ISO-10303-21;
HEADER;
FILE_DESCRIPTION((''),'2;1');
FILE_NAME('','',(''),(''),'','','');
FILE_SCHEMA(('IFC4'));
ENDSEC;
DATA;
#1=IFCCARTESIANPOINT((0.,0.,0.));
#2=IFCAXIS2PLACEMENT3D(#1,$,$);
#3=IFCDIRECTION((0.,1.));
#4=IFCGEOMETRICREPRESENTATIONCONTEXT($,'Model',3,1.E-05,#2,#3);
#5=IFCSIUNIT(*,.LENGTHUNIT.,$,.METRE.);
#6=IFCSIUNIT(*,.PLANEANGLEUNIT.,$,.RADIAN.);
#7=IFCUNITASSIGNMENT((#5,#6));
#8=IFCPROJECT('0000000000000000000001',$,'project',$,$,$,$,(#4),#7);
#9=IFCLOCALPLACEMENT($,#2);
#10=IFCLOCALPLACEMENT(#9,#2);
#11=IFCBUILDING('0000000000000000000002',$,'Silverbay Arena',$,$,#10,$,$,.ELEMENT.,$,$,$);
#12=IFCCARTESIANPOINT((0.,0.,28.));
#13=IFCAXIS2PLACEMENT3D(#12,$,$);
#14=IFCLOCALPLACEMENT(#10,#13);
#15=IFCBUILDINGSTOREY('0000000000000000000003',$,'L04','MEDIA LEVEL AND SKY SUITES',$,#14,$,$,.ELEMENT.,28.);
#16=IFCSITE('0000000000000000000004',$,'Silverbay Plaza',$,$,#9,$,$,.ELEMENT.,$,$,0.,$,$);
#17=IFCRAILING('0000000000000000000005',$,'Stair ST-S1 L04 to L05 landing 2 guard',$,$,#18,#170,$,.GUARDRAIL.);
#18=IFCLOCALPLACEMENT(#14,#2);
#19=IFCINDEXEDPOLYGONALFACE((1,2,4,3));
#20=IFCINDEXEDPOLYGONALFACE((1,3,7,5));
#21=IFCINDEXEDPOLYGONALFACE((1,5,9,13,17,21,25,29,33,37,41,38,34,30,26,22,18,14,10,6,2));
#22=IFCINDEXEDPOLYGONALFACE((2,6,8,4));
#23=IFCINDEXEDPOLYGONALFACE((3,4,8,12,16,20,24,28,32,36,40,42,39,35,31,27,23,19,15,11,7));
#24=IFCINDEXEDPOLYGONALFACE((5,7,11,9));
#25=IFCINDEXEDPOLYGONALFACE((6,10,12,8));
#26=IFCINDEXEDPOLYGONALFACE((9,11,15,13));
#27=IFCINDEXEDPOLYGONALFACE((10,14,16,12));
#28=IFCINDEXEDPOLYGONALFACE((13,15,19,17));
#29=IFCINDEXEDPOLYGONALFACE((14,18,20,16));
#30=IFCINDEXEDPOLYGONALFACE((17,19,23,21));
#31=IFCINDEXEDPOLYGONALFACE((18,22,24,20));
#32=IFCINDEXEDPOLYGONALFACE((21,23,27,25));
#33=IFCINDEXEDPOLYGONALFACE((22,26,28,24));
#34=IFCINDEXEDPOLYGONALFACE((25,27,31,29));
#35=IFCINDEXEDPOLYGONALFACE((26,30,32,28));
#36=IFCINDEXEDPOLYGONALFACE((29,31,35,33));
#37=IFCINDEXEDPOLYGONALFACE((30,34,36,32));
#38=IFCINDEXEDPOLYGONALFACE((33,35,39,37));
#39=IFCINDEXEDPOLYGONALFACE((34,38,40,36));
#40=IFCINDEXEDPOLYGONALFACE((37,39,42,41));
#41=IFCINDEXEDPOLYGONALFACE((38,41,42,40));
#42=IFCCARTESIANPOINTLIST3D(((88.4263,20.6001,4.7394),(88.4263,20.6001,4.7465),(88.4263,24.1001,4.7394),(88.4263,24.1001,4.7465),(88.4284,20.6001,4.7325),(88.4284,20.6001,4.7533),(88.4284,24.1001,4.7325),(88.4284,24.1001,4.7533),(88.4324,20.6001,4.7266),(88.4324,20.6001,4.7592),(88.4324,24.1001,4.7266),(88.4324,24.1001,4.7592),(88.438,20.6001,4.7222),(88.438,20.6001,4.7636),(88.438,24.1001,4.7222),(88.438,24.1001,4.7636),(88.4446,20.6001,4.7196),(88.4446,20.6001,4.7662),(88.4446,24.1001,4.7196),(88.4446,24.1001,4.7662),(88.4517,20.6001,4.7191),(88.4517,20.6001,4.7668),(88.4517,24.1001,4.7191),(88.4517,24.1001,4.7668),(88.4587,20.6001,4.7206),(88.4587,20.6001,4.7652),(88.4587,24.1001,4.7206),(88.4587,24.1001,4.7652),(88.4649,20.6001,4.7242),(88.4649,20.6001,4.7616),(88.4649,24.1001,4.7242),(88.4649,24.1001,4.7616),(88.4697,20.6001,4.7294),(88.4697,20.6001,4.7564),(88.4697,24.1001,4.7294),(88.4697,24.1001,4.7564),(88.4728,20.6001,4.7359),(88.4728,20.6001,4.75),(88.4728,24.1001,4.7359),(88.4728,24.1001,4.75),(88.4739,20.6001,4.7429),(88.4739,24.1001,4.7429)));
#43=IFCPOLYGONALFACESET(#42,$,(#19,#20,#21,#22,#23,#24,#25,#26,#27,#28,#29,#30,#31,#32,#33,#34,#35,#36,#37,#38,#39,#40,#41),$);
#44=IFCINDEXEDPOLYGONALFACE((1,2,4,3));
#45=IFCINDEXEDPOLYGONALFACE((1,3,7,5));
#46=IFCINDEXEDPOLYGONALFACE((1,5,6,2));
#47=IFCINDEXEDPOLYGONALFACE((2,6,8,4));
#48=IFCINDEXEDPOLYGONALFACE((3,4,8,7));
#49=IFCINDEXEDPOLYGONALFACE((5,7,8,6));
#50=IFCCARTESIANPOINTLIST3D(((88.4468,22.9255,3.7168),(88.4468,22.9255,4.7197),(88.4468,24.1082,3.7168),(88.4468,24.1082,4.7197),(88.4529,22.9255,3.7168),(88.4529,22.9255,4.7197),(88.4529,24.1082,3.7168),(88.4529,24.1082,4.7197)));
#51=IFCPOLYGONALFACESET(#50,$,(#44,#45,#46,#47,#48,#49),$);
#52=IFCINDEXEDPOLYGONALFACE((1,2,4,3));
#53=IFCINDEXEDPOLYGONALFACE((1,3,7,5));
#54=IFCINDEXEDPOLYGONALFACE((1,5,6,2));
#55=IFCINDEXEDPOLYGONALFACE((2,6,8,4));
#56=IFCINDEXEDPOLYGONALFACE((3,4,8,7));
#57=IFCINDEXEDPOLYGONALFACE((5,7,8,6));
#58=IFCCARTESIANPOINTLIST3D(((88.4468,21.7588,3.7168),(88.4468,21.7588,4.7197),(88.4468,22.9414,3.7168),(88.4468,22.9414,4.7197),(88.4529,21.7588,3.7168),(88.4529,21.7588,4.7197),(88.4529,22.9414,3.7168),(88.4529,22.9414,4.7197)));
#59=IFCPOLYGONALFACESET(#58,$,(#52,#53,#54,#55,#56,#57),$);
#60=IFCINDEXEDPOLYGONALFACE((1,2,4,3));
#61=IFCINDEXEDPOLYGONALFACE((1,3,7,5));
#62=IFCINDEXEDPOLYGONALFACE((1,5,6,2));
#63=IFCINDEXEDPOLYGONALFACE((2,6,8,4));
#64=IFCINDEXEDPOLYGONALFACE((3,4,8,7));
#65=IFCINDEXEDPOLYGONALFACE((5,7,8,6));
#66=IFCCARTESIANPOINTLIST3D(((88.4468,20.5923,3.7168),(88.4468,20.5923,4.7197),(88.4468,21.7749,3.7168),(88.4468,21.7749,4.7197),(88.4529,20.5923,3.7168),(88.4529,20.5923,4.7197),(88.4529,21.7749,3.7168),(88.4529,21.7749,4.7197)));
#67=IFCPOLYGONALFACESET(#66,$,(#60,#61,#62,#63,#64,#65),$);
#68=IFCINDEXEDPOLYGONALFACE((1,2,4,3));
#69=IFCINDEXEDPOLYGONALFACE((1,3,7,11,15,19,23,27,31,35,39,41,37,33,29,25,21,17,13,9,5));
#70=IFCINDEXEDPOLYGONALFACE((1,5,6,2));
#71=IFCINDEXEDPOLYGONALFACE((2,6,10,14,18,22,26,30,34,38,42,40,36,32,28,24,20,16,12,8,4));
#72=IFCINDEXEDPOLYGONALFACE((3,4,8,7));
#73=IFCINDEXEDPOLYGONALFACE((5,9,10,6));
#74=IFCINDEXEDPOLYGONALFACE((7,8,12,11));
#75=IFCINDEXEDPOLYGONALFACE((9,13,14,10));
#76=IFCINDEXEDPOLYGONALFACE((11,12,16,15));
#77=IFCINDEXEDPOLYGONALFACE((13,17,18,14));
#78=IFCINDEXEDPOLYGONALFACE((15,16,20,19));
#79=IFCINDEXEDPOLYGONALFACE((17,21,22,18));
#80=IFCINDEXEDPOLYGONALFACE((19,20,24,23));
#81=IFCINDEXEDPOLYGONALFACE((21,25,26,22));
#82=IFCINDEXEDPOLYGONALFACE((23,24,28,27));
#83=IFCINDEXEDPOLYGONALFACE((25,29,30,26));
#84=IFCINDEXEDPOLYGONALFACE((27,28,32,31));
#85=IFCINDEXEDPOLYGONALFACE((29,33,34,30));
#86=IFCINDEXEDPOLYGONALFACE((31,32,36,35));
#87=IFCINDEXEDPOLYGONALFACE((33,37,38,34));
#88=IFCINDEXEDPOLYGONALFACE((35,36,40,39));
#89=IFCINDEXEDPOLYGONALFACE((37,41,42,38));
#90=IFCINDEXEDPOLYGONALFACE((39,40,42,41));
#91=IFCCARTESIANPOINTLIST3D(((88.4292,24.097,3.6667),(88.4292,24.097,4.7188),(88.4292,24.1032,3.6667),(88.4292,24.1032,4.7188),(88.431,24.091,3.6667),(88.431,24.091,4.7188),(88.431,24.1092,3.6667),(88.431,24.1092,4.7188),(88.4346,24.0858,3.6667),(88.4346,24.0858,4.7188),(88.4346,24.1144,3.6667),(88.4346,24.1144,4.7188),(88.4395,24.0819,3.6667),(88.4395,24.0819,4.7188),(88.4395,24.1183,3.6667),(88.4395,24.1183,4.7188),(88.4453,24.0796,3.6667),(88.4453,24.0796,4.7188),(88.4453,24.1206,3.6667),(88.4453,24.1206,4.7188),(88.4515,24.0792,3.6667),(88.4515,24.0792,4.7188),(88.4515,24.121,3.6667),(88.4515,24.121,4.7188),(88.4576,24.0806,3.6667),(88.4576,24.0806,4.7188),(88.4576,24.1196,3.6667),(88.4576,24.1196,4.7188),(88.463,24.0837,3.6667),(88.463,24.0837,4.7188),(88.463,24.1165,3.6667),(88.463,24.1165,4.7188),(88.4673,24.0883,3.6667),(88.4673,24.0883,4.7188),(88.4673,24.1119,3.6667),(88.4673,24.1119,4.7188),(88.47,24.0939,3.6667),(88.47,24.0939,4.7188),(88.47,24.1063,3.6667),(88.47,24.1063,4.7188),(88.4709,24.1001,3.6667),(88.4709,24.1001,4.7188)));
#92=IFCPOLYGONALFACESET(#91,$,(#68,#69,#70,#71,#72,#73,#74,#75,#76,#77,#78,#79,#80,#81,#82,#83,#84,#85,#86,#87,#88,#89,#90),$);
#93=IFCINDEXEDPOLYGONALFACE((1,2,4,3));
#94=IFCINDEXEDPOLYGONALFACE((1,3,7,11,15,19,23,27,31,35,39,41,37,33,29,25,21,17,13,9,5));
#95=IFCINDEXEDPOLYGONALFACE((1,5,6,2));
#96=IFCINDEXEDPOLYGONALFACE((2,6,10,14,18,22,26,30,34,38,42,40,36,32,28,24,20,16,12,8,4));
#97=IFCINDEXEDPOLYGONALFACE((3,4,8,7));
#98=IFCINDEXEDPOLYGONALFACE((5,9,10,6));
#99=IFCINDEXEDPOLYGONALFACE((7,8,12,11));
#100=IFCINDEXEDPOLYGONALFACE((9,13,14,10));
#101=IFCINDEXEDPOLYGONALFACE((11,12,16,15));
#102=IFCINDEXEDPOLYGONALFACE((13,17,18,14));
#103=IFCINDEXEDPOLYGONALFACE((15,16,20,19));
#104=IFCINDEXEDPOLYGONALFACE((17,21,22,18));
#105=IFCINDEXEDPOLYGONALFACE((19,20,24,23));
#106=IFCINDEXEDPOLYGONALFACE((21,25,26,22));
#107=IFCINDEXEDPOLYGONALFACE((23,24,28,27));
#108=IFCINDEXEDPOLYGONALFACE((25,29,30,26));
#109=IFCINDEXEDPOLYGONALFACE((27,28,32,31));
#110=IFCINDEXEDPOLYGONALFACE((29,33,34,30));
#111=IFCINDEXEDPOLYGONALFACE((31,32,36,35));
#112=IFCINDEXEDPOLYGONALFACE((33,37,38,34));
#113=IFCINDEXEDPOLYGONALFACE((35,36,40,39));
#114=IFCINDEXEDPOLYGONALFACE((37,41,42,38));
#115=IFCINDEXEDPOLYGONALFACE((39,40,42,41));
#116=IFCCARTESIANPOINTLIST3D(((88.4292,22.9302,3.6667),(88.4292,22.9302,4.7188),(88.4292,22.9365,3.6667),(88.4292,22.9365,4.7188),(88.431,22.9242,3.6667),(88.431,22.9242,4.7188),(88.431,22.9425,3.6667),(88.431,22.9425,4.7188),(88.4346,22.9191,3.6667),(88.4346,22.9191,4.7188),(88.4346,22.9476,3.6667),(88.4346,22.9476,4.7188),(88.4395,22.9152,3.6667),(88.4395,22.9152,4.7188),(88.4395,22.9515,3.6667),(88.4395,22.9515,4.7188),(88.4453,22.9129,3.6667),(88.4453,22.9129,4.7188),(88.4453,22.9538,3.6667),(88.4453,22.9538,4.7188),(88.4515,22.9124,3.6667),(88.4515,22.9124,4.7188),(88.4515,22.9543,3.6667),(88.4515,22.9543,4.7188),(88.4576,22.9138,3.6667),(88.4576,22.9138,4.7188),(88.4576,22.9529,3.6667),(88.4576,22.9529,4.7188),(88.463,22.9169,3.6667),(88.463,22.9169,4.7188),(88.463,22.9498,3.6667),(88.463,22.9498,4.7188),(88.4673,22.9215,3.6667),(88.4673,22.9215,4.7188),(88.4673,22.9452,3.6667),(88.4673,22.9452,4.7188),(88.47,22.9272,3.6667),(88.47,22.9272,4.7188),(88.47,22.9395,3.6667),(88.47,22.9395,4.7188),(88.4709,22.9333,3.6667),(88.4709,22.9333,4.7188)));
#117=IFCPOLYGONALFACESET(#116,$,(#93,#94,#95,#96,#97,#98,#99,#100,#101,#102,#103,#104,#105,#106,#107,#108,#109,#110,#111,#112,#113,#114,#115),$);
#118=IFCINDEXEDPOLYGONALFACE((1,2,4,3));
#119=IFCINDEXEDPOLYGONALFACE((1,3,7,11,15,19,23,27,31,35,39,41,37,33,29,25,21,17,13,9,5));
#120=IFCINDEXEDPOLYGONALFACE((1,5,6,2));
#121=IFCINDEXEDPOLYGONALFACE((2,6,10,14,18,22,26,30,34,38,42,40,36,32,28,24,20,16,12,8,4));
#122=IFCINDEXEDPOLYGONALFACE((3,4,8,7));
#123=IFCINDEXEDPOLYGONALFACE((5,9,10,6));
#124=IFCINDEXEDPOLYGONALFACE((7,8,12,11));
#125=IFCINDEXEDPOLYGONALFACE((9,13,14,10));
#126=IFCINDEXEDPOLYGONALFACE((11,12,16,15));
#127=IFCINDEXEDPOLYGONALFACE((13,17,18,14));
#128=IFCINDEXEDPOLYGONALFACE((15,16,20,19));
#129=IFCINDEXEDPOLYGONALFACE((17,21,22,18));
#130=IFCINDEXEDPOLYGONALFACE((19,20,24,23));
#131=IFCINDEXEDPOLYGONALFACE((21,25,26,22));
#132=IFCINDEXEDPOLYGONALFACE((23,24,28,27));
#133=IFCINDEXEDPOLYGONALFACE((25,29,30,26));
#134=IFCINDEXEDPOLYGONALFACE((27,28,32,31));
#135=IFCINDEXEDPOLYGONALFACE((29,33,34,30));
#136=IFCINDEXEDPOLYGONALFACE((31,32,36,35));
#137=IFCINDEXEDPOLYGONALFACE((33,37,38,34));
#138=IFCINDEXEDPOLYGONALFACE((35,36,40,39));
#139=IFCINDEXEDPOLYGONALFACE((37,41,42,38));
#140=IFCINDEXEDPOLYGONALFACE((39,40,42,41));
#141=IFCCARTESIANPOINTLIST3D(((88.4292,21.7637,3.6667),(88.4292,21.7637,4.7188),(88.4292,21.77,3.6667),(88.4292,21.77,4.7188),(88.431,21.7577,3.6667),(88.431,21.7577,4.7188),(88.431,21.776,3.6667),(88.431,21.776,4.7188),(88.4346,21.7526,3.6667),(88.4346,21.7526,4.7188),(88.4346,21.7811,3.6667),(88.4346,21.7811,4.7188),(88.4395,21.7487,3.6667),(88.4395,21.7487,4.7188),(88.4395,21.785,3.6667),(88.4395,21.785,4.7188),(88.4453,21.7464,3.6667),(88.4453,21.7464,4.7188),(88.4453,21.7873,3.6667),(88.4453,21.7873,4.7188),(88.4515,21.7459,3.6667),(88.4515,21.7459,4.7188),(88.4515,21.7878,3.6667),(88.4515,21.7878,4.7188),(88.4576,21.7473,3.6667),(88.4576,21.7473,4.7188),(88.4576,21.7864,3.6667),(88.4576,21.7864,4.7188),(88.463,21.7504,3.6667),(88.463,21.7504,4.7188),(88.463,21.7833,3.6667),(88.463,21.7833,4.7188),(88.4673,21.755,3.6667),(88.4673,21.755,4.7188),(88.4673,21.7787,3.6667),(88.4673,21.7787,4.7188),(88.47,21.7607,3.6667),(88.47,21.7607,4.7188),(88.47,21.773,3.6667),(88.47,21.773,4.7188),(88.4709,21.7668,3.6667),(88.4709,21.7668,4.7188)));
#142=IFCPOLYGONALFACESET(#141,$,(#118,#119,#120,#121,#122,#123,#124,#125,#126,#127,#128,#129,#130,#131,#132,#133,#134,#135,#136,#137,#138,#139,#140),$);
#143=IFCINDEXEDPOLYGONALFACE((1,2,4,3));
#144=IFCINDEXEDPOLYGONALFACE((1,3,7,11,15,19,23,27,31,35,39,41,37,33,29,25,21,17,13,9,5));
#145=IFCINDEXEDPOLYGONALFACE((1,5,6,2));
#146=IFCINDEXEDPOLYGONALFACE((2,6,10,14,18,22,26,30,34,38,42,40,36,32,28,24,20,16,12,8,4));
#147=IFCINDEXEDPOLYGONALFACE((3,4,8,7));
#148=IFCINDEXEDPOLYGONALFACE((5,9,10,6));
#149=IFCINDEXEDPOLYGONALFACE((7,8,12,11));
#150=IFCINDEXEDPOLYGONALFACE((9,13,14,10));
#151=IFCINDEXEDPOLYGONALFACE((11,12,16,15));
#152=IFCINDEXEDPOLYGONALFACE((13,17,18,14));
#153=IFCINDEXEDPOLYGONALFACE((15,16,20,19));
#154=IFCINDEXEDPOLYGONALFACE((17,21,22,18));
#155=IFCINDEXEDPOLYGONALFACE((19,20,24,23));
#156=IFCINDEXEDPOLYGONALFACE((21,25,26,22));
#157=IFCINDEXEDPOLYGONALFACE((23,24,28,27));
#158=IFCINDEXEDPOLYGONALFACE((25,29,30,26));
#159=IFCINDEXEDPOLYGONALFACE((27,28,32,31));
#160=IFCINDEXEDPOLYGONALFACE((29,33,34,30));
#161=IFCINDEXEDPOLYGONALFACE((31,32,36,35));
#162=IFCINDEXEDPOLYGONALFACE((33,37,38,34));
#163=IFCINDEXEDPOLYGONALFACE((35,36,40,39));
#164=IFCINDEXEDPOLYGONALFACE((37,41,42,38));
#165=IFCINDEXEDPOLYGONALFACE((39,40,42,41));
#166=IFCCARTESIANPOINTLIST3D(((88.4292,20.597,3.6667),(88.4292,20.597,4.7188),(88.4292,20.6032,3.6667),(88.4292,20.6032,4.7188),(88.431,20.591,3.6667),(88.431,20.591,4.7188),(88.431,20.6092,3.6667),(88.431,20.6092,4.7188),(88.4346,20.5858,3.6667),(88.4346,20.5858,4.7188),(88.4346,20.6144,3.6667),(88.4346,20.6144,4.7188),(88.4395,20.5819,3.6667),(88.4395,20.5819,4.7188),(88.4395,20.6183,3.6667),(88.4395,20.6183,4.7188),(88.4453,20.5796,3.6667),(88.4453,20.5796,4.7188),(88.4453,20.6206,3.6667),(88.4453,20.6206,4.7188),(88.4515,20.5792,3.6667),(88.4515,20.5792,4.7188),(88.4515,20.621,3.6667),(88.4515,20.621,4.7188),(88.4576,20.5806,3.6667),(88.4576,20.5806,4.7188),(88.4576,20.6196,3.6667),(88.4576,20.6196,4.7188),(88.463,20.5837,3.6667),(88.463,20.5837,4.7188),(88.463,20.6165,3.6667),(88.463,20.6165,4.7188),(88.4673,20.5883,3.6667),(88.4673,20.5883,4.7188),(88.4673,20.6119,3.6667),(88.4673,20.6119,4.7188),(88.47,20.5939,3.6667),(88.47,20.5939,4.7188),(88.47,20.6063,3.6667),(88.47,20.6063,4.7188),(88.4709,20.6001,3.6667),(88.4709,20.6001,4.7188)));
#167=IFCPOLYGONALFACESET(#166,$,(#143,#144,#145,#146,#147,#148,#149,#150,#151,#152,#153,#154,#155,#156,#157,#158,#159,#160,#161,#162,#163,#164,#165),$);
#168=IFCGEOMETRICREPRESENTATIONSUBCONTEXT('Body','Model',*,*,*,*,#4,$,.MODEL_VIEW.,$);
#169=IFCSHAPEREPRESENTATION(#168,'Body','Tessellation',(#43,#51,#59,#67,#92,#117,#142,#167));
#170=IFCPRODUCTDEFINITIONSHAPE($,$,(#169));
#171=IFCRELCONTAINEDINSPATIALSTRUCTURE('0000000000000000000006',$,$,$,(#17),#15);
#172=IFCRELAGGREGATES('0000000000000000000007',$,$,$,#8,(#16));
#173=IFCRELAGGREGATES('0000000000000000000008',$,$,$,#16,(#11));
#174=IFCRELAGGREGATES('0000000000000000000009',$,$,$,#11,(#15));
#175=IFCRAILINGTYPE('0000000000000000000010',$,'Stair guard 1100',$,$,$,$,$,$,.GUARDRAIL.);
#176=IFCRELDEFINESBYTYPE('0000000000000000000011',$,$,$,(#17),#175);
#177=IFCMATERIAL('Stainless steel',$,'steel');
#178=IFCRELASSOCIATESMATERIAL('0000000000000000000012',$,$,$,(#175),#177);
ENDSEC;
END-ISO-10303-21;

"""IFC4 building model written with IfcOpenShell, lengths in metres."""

from ifc_helpers import new_model, si_unit, direction, frame, origin, origin_2d, place, context, subcontext, project, spatial, polyline, circle, outline, extrude, material, type_object, element, save


model = new_model("IFC4")

# Units and contexts
model_context = context("Model", 3, precision=1e-05, world=origin(), true_north=direction((0.0, 1.0)))
body_context = subcontext(model_context, "Body", "Model", "MODEL_VIEW")
ifc_project = project(units=[si_unit("LENGTHUNIT", "METRE"), si_unit("PLANEANGLEUNIT", "RADIAN")], contexts=[model_context])

# Site, building, storey
site_placement = place(None, origin())
site = spatial("IfcSite", under=ifc_project, at=site_placement, Name="Silverbay Plaza", CompositionType="ELEMENT", RefElevation=0.0)
building_placement = place(site_placement, origin())
building = spatial("IfcBuilding", under=site, at=building_placement, Name="Silverbay Arena", CompositionType="ELEMENT")
storey_placement = place(building_placement, frame((0.0, 0.0, 28.0)))
storey = spatial("IfcBuildingStorey", under=building, at=storey_placement, Name="L04", Description="MEDIA LEVEL AND SKY SUITES", CompositionType="ELEMENT", Elevation=28.0)

# Railing
ifc_material_1 = material(Name="Stainless steel", Category="steel")
railing_type_1 = type_object("IfcRailingType", Name="Stair guard 1100", PredefinedType="GUARDRAIL", material=ifc_material_1)
for number, where, name in (
    (1, (88.45, 24.1001, 3.6667), "Stair ST-S1 L04 to L05 landing 2 guard"),
):
    element("IfcRailing", number, at=place(storey_placement, frame(where)), inside=storey, type_object=railing_type_1, Name=name, PredefinedType="GUARDRAIL", context=body_context, shape_type="SweptSolid", body=[
        extrude(circle(Radius=0.0239, at=origin_2d()), frame((0.0, 0.0, 1.0762), z_axis=(0.0, -1.0, 0.0), x_axis=(1.0, 0.0, 0.0)), (0.0, 0.0, 1.0), 3.5),
        extrude(outline(polyline([(-0.0081, 0.05), (1.1746, 0.05), (1.1746, 1.053), (-0.0081, 1.053), (-0.0081, 0.05)])), frame((0.0029, 0.0, 0.0), z_axis=(-1.0, 0.0, 0.0), x_axis=(0.0, -1.0, 0.0)), (0.0, 0.0, 1.0), 0.0061),
        extrude(outline(polyline([(-0.0081, 0.05), (1.1746, 0.05), (1.1746, 1.053), (-0.0081, 1.053), (-0.0081, 0.05)])), frame((0.0029, -1.1667, 0.0), z_axis=(-1.0, 0.0, 0.0), x_axis=(0.0, -1.0, 0.0)), (0.0, 0.0, 1.0), 0.0061),
        extrude(outline(polyline([(-0.0081, 0.05), (1.1746, 0.05), (1.1746, 1.053), (-0.0081, 1.053), (-0.0081, 0.05)])), frame((0.0029, -2.3333, 0.0), z_axis=(-1.0, 0.0, 0.0), x_axis=(0.0, -1.0, 0.0)), (0.0, 0.0, 1.0), 0.0061),
        extrude(circle(Radius=0.021, at=origin_2d()), origin(), (0.0, 0.0, 1.0), 1.052),
        extrude(circle(Radius=0.021, at=origin_2d()), frame((0.0, -1.1667, 0.0)), (0.0, 0.0, 1.0), 1.052),
        extrude(circle(Radius=0.021, at=origin_2d()), frame((0.0, -2.3333, 0.0)), (0.0, 0.0, 1.0), 1.052),
        extrude(circle(Radius=0.021, at=origin_2d()), frame((0.0, -3.5, 0.0)), (0.0, 0.0, 1.0), 1.052),
    ])

save(model, "model.ifc")
